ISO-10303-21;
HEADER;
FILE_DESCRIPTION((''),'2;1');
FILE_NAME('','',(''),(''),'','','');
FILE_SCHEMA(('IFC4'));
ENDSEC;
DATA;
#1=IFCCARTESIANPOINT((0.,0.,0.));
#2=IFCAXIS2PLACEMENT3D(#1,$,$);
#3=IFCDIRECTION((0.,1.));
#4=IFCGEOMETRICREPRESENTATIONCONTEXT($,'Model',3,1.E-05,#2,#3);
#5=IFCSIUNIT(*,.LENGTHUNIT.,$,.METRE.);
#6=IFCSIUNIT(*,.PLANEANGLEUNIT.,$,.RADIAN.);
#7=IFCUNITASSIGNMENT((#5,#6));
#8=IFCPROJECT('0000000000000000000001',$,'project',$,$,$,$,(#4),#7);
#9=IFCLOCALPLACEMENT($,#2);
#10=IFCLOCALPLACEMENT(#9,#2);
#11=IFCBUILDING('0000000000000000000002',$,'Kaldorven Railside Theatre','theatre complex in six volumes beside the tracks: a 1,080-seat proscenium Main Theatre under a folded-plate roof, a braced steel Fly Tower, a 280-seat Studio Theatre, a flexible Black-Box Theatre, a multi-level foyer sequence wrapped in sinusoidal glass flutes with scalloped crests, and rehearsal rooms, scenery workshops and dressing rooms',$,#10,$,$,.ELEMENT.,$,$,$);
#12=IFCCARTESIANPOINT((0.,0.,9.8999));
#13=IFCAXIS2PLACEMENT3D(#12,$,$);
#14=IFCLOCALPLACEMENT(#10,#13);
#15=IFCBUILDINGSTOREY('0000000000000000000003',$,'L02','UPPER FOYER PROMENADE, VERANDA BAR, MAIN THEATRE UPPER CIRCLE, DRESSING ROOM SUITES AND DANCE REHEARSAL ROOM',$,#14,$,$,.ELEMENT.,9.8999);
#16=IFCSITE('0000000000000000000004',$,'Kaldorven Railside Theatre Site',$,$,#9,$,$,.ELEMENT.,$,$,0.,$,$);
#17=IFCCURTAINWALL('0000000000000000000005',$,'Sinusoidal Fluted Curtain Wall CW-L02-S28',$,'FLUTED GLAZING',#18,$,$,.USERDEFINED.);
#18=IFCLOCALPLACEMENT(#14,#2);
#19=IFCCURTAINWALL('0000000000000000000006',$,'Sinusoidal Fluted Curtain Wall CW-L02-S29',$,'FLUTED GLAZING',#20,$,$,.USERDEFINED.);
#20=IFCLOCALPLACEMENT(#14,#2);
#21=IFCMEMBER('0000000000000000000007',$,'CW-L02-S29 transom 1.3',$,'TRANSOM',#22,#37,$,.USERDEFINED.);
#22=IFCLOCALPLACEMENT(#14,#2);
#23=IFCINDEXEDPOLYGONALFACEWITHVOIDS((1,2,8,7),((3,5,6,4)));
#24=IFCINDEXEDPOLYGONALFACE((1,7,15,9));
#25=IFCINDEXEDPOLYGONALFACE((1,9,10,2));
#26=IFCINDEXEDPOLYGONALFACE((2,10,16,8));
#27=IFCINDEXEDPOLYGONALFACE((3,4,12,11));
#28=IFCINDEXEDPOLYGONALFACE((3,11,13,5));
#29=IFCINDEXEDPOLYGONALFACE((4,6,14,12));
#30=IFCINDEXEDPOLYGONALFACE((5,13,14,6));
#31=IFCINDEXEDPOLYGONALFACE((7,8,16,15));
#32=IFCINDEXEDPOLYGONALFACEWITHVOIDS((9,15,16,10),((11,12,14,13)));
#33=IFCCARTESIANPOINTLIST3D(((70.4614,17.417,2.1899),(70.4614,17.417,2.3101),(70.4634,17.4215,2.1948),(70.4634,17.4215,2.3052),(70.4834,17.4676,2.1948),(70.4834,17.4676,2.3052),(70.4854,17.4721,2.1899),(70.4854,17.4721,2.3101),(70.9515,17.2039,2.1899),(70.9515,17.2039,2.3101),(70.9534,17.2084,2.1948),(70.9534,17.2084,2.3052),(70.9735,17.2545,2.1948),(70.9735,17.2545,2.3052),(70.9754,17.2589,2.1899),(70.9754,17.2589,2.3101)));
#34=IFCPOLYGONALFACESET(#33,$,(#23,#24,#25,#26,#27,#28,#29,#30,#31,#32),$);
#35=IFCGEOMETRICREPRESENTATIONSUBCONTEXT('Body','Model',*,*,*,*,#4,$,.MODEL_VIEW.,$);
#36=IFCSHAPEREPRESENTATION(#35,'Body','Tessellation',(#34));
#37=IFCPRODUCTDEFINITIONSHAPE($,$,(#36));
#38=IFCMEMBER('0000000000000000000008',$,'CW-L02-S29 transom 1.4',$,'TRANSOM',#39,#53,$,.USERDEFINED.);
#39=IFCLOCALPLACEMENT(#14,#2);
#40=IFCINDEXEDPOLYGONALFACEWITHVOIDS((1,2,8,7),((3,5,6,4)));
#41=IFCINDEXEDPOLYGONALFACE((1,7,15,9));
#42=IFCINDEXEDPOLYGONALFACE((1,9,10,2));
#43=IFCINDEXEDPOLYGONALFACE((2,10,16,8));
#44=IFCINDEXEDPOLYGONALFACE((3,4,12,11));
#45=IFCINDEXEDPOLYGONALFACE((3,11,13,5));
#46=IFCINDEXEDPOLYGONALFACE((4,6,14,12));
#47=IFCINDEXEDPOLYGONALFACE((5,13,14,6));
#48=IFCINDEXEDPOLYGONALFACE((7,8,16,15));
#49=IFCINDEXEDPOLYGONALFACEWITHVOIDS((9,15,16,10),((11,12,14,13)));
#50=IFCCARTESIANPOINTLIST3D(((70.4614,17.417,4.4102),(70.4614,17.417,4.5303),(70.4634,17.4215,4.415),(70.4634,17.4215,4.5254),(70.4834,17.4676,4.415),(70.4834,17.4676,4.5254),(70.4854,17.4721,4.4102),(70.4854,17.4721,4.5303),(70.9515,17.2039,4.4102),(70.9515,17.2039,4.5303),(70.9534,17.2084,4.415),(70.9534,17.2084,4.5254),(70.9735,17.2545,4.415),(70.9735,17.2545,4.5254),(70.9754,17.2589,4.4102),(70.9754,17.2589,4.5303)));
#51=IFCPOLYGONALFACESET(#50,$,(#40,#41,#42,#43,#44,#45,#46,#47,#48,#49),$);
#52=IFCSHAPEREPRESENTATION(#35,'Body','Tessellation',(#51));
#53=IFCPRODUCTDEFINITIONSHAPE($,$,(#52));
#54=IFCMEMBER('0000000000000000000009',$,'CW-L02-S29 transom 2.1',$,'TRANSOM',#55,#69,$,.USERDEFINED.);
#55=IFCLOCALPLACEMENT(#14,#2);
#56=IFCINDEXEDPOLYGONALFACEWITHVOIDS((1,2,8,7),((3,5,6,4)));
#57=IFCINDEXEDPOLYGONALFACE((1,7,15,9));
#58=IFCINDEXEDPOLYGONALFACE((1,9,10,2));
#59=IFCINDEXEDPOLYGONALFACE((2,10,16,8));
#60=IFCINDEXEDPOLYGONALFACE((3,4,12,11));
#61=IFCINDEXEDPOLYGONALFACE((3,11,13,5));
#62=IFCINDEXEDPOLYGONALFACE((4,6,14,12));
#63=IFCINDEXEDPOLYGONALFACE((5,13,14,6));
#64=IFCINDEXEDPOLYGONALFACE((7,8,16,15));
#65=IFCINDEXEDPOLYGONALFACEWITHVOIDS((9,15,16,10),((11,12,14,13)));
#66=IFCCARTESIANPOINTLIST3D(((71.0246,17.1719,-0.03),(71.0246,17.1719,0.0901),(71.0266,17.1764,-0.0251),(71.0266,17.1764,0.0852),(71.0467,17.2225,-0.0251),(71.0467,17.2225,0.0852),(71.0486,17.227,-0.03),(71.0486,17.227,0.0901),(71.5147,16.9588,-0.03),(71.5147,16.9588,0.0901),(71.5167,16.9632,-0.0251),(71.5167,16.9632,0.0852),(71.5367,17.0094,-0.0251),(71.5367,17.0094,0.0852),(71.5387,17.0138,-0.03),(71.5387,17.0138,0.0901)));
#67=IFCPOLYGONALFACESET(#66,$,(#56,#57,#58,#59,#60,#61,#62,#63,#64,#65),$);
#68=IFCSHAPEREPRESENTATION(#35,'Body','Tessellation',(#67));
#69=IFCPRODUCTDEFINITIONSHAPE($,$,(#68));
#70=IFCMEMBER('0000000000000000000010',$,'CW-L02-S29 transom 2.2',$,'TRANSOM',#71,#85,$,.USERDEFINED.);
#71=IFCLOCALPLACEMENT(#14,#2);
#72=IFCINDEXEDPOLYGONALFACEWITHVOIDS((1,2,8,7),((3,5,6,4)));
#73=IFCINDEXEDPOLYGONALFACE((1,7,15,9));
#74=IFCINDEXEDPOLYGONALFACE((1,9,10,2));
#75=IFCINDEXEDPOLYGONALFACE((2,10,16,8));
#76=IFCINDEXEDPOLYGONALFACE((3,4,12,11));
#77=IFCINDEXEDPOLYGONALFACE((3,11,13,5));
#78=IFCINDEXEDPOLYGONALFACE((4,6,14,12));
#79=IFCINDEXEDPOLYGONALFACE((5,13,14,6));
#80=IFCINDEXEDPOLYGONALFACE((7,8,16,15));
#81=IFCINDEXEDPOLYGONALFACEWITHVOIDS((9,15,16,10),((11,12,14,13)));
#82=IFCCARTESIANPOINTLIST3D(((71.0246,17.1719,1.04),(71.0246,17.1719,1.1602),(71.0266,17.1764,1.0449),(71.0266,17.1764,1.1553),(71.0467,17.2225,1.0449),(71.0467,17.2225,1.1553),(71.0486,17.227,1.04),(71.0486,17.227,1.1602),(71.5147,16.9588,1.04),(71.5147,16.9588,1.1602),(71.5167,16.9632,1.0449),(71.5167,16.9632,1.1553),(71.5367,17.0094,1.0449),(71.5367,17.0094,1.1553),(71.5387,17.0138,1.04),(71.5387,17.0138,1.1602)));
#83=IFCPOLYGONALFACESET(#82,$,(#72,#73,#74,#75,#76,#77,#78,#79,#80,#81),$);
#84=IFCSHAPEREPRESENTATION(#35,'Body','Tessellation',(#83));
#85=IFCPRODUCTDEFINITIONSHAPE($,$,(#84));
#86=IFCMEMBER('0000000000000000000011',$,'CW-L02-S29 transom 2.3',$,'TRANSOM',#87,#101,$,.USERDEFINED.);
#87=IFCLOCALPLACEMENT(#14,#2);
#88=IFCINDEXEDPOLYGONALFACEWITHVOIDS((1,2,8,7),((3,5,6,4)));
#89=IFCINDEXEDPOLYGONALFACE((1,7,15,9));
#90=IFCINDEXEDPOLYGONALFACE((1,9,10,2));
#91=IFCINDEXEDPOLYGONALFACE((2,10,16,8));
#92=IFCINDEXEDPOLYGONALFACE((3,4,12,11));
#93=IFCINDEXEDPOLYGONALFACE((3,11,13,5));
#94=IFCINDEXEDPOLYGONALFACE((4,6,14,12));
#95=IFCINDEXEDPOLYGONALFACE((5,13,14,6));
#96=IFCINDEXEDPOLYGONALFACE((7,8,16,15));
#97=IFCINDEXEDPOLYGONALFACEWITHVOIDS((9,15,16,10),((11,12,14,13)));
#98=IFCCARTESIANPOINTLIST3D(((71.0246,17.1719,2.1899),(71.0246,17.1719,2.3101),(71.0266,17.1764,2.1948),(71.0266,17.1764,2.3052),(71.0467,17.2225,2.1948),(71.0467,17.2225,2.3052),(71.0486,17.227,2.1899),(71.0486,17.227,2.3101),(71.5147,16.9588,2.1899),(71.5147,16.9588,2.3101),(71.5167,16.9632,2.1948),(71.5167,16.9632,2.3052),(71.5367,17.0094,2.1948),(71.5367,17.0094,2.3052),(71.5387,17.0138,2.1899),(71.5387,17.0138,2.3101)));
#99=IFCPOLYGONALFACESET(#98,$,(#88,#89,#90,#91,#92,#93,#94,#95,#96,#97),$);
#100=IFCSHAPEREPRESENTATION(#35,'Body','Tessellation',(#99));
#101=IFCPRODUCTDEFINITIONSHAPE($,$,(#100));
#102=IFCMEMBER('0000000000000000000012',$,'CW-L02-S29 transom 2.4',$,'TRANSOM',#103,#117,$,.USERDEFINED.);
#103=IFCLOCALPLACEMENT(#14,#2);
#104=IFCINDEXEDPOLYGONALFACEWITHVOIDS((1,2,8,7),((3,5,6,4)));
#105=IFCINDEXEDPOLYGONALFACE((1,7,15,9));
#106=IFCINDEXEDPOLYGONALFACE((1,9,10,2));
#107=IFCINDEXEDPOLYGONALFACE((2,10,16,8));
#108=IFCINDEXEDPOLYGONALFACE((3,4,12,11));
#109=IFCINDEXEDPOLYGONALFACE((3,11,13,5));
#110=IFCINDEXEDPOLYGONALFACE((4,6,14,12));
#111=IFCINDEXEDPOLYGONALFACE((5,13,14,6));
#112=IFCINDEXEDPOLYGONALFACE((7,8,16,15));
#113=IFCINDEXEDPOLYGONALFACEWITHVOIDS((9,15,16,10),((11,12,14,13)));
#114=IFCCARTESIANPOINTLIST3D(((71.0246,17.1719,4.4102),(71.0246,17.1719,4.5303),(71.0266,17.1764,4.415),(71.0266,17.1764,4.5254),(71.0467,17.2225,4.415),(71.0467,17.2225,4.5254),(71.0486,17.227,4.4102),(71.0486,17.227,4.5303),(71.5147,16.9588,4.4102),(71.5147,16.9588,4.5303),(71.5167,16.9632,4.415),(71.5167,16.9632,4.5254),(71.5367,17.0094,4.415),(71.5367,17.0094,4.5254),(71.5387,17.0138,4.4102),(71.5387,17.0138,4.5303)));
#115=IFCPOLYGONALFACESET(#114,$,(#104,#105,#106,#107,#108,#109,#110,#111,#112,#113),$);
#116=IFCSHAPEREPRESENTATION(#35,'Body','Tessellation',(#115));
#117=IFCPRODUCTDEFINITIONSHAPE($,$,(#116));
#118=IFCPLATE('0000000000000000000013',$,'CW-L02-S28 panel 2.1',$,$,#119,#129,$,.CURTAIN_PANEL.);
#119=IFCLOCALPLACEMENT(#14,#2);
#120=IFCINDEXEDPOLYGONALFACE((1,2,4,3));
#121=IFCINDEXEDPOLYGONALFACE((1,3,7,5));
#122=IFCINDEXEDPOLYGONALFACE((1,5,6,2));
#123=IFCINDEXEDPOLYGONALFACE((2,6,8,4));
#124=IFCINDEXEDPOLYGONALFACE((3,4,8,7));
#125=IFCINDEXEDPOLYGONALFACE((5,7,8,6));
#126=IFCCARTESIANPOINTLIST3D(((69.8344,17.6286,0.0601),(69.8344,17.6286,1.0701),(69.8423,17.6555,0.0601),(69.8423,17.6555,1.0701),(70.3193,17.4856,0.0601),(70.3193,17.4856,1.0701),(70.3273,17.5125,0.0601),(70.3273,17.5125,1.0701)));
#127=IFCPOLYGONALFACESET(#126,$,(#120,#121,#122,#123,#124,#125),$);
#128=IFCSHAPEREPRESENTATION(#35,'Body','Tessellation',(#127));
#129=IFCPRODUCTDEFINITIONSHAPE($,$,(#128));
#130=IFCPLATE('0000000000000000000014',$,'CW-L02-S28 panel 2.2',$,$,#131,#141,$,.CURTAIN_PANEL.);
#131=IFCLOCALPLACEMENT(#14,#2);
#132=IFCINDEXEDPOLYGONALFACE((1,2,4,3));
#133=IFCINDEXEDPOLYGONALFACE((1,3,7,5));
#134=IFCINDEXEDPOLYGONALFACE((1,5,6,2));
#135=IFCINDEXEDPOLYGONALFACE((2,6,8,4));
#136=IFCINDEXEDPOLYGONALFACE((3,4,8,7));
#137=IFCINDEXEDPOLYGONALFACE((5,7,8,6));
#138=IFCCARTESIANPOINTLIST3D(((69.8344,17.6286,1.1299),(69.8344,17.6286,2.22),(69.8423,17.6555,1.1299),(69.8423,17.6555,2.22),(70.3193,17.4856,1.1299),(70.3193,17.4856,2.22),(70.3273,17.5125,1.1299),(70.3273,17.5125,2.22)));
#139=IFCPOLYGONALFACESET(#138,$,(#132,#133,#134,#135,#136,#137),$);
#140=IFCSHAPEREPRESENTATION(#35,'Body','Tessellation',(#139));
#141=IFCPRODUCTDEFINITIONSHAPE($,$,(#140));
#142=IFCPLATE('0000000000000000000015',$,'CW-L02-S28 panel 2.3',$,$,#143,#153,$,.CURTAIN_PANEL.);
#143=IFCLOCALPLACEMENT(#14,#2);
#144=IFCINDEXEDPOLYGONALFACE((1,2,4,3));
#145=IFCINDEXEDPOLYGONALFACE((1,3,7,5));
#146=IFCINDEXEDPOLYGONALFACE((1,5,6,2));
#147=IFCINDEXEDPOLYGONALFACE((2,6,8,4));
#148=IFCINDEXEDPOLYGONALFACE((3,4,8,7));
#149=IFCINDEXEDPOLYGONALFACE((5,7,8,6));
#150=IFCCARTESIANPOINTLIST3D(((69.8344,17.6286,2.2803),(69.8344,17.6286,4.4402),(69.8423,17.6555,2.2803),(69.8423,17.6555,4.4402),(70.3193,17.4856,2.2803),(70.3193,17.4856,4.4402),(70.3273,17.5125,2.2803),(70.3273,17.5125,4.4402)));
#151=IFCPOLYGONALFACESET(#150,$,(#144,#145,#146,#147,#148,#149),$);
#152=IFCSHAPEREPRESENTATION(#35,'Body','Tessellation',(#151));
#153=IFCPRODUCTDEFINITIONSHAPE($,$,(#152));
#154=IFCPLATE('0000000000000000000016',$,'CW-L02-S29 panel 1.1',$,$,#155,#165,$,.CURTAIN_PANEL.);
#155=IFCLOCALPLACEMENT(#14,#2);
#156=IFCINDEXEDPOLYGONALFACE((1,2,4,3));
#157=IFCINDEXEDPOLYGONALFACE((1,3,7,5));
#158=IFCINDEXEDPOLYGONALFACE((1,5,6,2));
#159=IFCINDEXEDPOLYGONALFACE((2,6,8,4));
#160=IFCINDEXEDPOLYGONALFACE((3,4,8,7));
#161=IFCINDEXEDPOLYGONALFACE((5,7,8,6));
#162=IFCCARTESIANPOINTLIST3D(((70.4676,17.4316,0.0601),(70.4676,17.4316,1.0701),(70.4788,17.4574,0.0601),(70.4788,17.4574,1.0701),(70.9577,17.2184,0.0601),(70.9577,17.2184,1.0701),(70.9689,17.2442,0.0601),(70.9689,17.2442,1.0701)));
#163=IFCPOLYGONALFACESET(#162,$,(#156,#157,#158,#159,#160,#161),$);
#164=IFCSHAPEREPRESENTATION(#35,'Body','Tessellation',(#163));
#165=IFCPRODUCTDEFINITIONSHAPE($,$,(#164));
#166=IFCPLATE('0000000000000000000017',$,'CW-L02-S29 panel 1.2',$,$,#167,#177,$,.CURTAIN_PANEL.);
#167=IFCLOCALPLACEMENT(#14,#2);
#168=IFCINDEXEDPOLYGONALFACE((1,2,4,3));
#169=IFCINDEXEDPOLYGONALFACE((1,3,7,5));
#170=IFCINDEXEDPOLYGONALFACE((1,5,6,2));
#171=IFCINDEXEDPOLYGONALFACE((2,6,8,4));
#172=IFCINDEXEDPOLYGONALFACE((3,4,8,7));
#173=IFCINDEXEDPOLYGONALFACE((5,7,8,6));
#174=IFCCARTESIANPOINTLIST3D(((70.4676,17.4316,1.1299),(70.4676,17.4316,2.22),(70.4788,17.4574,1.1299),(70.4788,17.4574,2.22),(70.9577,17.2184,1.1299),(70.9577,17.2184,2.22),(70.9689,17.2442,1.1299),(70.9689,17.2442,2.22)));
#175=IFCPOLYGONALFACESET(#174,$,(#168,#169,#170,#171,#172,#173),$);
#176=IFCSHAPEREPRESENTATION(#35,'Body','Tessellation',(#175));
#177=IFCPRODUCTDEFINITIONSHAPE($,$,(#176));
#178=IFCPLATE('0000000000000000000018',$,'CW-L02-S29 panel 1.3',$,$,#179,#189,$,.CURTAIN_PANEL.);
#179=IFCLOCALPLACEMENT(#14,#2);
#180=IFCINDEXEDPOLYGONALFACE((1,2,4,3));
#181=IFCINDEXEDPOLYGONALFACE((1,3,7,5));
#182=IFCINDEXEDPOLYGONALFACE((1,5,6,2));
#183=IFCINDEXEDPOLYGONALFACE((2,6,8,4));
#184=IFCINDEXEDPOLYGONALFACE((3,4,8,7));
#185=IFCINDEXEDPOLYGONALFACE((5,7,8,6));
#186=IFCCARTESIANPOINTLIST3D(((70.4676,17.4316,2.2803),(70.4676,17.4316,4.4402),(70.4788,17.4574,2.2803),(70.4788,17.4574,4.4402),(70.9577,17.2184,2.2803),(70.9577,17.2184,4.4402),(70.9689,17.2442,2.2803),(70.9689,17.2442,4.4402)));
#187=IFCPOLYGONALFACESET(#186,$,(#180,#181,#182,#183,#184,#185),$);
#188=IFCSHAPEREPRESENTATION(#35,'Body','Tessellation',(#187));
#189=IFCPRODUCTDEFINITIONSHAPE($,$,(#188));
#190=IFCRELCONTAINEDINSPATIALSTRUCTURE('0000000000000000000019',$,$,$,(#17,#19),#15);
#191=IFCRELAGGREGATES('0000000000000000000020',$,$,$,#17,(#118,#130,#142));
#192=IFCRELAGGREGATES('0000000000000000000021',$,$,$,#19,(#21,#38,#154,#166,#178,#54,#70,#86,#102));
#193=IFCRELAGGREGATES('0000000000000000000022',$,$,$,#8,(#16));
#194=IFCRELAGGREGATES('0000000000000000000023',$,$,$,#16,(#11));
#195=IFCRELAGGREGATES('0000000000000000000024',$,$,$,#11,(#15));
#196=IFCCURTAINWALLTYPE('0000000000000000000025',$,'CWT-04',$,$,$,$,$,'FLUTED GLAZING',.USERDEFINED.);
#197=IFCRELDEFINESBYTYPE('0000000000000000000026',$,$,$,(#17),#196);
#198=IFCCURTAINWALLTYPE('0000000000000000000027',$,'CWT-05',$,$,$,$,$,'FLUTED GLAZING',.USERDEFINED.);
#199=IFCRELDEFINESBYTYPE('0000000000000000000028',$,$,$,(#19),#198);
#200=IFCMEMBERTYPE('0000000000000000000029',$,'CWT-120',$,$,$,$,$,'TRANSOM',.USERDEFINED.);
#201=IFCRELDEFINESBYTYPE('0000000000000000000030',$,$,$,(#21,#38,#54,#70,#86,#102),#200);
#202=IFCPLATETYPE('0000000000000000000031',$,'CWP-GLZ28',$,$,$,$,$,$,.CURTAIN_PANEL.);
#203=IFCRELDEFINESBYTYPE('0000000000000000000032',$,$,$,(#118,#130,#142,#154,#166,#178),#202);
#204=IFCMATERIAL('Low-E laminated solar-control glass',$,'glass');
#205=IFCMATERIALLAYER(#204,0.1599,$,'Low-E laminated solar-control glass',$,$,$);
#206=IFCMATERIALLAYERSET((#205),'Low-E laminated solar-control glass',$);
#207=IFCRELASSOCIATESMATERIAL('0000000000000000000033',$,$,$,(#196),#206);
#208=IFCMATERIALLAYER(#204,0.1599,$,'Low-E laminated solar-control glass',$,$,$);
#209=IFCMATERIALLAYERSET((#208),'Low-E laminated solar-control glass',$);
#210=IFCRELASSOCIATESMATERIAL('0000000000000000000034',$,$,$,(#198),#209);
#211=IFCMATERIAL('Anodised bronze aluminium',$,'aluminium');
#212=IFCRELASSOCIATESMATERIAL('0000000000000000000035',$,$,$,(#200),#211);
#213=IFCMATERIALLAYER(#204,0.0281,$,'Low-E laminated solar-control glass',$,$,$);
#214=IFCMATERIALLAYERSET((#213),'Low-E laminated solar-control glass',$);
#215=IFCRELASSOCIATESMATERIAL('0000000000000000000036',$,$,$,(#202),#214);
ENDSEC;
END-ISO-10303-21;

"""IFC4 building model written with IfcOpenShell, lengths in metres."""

from ifc_helpers import new_model, si_unit, direction, frame, origin, origin_2d, place, context, subcontext, project, spatial, rectangle, hollow_rectangle, extrude, material, layer, layer_set, material_profile, profile_set, type_object, element, aggregate, save


model = new_model("IFC4")

# Units and contexts
model_context = context("Model", 3, precision=1e-05, world=origin(), true_north=direction((0.0, 1.0)))
body_context = subcontext(model_context, "Body", "Model", "MODEL_VIEW")
ifc_project = project(units=[si_unit("LENGTHUNIT", "METRE"), si_unit("PLANEANGLEUNIT", "RADIAN")], contexts=[model_context])

# Site, building, storey
site_placement = place(None, origin())
site = spatial("IfcSite", under=ifc_project, at=site_placement, Name="Kaldorven Railside Theatre Site", CompositionType="ELEMENT", RefElevation=0.0)
building_placement = place(site_placement, origin())
building = spatial("IfcBuilding", under=site, at=building_placement, Name="Kaldorven Railside Theatre", Description="theatre complex in six volumes beside the tracks: a 1,080-seat proscenium Main Theatre under a folded-plate roof, a braced steel Fly Tower, a 280-seat Studio Theatre, a flexible Black-Box Theatre, a multi-level foyer sequence wrapped in sinusoidal glass flutes with scalloped crests, and rehearsal rooms, scenery workshops and dressing rooms", CompositionType="ELEMENT")
storey_placement = place(building_placement, frame((0.0, 0.0, 9.8999)))
storey = spatial("IfcBuildingStorey", under=building, at=storey_placement, Name="L02", Description="UPPER FOYER PROMENADE, VERANDA BAR, MAIN THEATRE UPPER CIRCLE, DRESSING ROOM SUITES AND DANCE REHEARSAL ROOM", CompositionType="ELEMENT", Elevation=9.8999)

# Curtain wall
ifc_material_1 = material(Name="Low-E laminated solar-control glass", Category="glass")
ifc_layer_1 = layer(ifc_material_1, 0.1599, Name="Low-E laminated solar-control glass")
ifc_layer_set_1 = layer_set([ifc_layer_1], Name="Low-E laminated solar-control glass")
curtain_wall_type_1 = type_object("IfcCurtainWallType", Name="CWT-04", ElementType="FLUTED GLAZING", PredefinedType="USERDEFINED", material=ifc_layer_set_1)
curtain_wall_1_placement = place(storey_placement, origin())
curtain_wall_1 = element("IfcCurtainWall", 1, at=curtain_wall_1_placement, inside=storey, type_object=curtain_wall_type_1, Name="Sinusoidal Fluted Curtain Wall CW-L02-S28", ObjectType="FLUTED GLAZING", PredefinedType="USERDEFINED")
ifc_material_2 = material(Name="Anodised bronze aluminium", Category="aluminium")

# Curtain wall
ifc_layer_2 = layer(ifc_material_1, 0.1599, Name="Low-E laminated solar-control glass")
ifc_layer_set_2 = layer_set([ifc_layer_2], Name="Low-E laminated solar-control glass")
curtain_wall_type_2 = type_object("IfcCurtainWallType", Name="CWT-05", ElementType="FLUTED GLAZING", PredefinedType="USERDEFINED", material=ifc_layer_set_2)
curtain_wall_2_placement = place(storey_placement, origin())
curtain_wall_2 = element("IfcCurtainWall", 2, at=curtain_wall_2_placement, inside=storey, type_object=curtain_wall_type_2, Name="Sinusoidal Fluted Curtain Wall CW-L02-S29", ObjectType="FLUTED GLAZING", PredefinedType="USERDEFINED")

# Members
ifc_material_profile_1 = material_profile(ifc_material_2, hollow_rectangle(XDim=0.0601, YDim=0.1201, WallThickness=0.0049, at=origin_2d()), Name="RHS 120x60x5")
ifc_profile_set_1 = profile_set([ifc_material_profile_1], Name="Anodised bronze aluminium")
member_type_1 = type_object("IfcMemberType", Name="CWT-120", ElementType="TRANSOM", PredefinedType="USERDEFINED", material=ifc_profile_set_1)
member_1_placement = place(storey_placement, frame((70.4734, 17.4446, 2.25), z_axis=(0.917005, -0.398876, 0.0), x_axis=(0.398876, 0.917005, 0.0)))
member_1 = element("IfcMember", 3, at=member_1_placement, type_object=member_type_1, Name="CW-L02-S29 transom 1.3", ObjectType="TRANSOM", PredefinedType="USERDEFINED", context=body_context, shape_type="SweptSolid", body=[
    extrude(hollow_rectangle(XDim=0.0601, YDim=0.1201, WallThickness=0.0049, at=origin_2d()), origin(), (0.0, 0.0, 1.0), 0.5344),
])
member_2_placement = place(storey_placement, frame((70.4734, 17.4446, 4.4702), z_axis=(0.917005, -0.398876, 0.0), x_axis=(0.398876, 0.917005, 0.0)))
member_2 = element("IfcMember", 4, at=member_2_placement, type_object=member_type_1, Name="CW-L02-S29 transom 1.4", ObjectType="TRANSOM", PredefinedType="USERDEFINED", context=body_context, shape_type="SweptSolid", body=[
    extrude(hollow_rectangle(XDim=0.0601, YDim=0.1201, WallThickness=0.0049, at=origin_2d()), origin(), (0.0, 0.0, 1.0), 0.5344),
])
member_3_placement = place(storey_placement, frame((71.0366, 17.1995, 0.03), z_axis=(0.917005, -0.398876, 0.0), x_axis=(0.398876, 0.917005, 0.0)))
member_3 = element("IfcMember", 5, at=member_3_placement, type_object=member_type_1, Name="CW-L02-S29 transom 2.1", ObjectType="TRANSOM", PredefinedType="USERDEFINED", context=body_context, shape_type="SweptSolid", body=[
    extrude(hollow_rectangle(XDim=0.0601, YDim=0.1201, WallThickness=0.0049, at=origin_2d()), origin(), (0.0, 0.0, 1.0), 0.5344),
])
member_4_placement = place(storey_placement, frame((71.0366, 17.1995, 1.1001), z_axis=(0.917005, -0.398876, 0.0), x_axis=(0.398876, 0.917005, 0.0)))
member_4 = element("IfcMember", 6, at=member_4_placement, type_object=member_type_1, Name="CW-L02-S29 transom 2.2", ObjectType="TRANSOM", PredefinedType="USERDEFINED", context=body_context, shape_type="SweptSolid", body=[
    extrude(hollow_rectangle(XDim=0.0601, YDim=0.1201, WallThickness=0.0049, at=origin_2d()), origin(), (0.0, 0.0, 1.0), 0.5344),
])
member_5_placement = place(storey_placement, frame((71.0366, 17.1995, 2.25), z_axis=(0.917005, -0.398876, 0.0), x_axis=(0.398876, 0.917005, 0.0)))
member_5 = element("IfcMember", 7, at=member_5_placement, type_object=member_type_1, Name="CW-L02-S29 transom 2.3", ObjectType="TRANSOM", PredefinedType="USERDEFINED", context=body_context, shape_type="SweptSolid", body=[
    extrude(hollow_rectangle(XDim=0.0601, YDim=0.1201, WallThickness=0.0049, at=origin_2d()), origin(), (0.0, 0.0, 1.0), 0.5344),
])
member_6_placement = place(storey_placement, frame((71.0366, 17.1995, 4.4702), z_axis=(0.917005, -0.398876, 0.0), x_axis=(0.398876, 0.917005, 0.0)))
member_6 = element("IfcMember", 8, at=member_6_placement, type_object=member_type_1, Name="CW-L02-S29 transom 2.4", ObjectType="TRANSOM", PredefinedType="USERDEFINED", context=body_context, shape_type="SweptSolid", body=[
    extrude(hollow_rectangle(XDim=0.0601, YDim=0.1201, WallThickness=0.0049, at=origin_2d()), origin(), (0.0, 0.0, 1.0), 0.5344),
])

# Plates
ifc_layer_3 = layer(ifc_material_1, 0.0281, Name="Low-E laminated solar-control glass")
ifc_layer_set_3 = layer_set([ifc_layer_3], Name="Low-E laminated solar-control glass")
plate_type = type_object("IfcPlateType", Name="CWP-GLZ28", PredefinedType="CURTAIN_PANEL", material=ifc_layer_set_3)
plate_1_placement = place(storey_placement, frame((70.0808, 17.5706, 0.0601), z_axis=(0.0, 0.0, 1.0), x_axis=(0.959158, -0.282872, 0.0)))
plate_1 = element("IfcPlate", 9, at=plate_1_placement, type_object=plate_type, Name="CW-L02-S28 panel 2.1", PredefinedType="CURTAIN_PANEL", context=body_context, shape_type="SweptSolid", body=[
    extrude(rectangle(XDim=0.5056, YDim=0.0281, at=origin_2d()), origin(), (0.0, 0.0, 1.0), 1.01),
])
plate_2_placement = place(storey_placement, frame((70.0808, 17.5706, 1.1299), z_axis=(0.0, 0.0, 1.0), x_axis=(0.959158, -0.282872, 0.0)))
plate_2 = element("IfcPlate", 10, at=plate_2_placement, type_object=plate_type, Name="CW-L02-S28 panel 2.2", PredefinedType="CURTAIN_PANEL", context=body_context, shape_type="SweptSolid", body=[
    extrude(rectangle(XDim=0.5056, YDim=0.0281, at=origin_2d()), origin(), (0.0, 0.0, 1.0), 1.0901),
])
plate_3_placement = place(storey_placement, frame((70.0808, 17.5706, 2.2803), z_axis=(0.0, 0.0, 1.0), x_axis=(0.959158, -0.282872, 0.0)))
plate_3 = element("IfcPlate", 11, at=plate_3_placement, type_object=plate_type, Name="CW-L02-S28 panel 2.3", PredefinedType="CURTAIN_PANEL", context=body_context, shape_type="SweptSolid", body=[
    extrude(rectangle(XDim=0.5056, YDim=0.0281, at=origin_2d()), origin(), (0.0, 0.0, 1.0), 2.1599),
])
aggregate(curtain_wall_1, [plate_1, plate_2, plate_3])
plate_4_placement = place(storey_placement, frame((70.7183, 17.3379, 0.0601), z_axis=(0.0, 0.0, 1.0), x_axis=(0.916997, -0.398894, 0.0)))
plate_4 = element("IfcPlate", 12, at=plate_4_placement, type_object=plate_type, Name="CW-L02-S29 panel 1.1", PredefinedType="CURTAIN_PANEL", context=body_context, shape_type="SweptSolid", body=[
    extrude(rectangle(XDim=0.5344, YDim=0.0281, at=origin_2d()), origin(), (0.0, 0.0, 1.0), 1.01),
])
plate_5_placement = place(storey_placement, frame((70.7183, 17.3379, 1.1299), z_axis=(0.0, 0.0, 1.0), x_axis=(0.916997, -0.398894, 0.0)))
plate_5 = element("IfcPlate", 13, at=plate_5_placement, type_object=plate_type, Name="CW-L02-S29 panel 1.2", PredefinedType="CURTAIN_PANEL", context=body_context, shape_type="SweptSolid", body=[
    extrude(rectangle(XDim=0.5344, YDim=0.0281, at=origin_2d()), origin(), (0.0, 0.0, 1.0), 1.0901),
])
plate_6_placement = place(storey_placement, frame((70.7183, 17.3379, 2.2803), z_axis=(0.0, 0.0, 1.0), x_axis=(0.916997, -0.398894, 0.0)))
plate_6 = element("IfcPlate", 14, at=plate_6_placement, type_object=plate_type, Name="CW-L02-S29 panel 1.3", PredefinedType="CURTAIN_PANEL", context=body_context, shape_type="SweptSolid", body=[
    extrude(rectangle(XDim=0.5344, YDim=0.0281, at=origin_2d()), origin(), (0.0, 0.0, 1.0), 2.1599),
])
aggregate(curtain_wall_2, [member_1, member_2, plate_4, plate_5, plate_6, member_3, member_4, member_5, member_6])

save(model, "model.ifc")
